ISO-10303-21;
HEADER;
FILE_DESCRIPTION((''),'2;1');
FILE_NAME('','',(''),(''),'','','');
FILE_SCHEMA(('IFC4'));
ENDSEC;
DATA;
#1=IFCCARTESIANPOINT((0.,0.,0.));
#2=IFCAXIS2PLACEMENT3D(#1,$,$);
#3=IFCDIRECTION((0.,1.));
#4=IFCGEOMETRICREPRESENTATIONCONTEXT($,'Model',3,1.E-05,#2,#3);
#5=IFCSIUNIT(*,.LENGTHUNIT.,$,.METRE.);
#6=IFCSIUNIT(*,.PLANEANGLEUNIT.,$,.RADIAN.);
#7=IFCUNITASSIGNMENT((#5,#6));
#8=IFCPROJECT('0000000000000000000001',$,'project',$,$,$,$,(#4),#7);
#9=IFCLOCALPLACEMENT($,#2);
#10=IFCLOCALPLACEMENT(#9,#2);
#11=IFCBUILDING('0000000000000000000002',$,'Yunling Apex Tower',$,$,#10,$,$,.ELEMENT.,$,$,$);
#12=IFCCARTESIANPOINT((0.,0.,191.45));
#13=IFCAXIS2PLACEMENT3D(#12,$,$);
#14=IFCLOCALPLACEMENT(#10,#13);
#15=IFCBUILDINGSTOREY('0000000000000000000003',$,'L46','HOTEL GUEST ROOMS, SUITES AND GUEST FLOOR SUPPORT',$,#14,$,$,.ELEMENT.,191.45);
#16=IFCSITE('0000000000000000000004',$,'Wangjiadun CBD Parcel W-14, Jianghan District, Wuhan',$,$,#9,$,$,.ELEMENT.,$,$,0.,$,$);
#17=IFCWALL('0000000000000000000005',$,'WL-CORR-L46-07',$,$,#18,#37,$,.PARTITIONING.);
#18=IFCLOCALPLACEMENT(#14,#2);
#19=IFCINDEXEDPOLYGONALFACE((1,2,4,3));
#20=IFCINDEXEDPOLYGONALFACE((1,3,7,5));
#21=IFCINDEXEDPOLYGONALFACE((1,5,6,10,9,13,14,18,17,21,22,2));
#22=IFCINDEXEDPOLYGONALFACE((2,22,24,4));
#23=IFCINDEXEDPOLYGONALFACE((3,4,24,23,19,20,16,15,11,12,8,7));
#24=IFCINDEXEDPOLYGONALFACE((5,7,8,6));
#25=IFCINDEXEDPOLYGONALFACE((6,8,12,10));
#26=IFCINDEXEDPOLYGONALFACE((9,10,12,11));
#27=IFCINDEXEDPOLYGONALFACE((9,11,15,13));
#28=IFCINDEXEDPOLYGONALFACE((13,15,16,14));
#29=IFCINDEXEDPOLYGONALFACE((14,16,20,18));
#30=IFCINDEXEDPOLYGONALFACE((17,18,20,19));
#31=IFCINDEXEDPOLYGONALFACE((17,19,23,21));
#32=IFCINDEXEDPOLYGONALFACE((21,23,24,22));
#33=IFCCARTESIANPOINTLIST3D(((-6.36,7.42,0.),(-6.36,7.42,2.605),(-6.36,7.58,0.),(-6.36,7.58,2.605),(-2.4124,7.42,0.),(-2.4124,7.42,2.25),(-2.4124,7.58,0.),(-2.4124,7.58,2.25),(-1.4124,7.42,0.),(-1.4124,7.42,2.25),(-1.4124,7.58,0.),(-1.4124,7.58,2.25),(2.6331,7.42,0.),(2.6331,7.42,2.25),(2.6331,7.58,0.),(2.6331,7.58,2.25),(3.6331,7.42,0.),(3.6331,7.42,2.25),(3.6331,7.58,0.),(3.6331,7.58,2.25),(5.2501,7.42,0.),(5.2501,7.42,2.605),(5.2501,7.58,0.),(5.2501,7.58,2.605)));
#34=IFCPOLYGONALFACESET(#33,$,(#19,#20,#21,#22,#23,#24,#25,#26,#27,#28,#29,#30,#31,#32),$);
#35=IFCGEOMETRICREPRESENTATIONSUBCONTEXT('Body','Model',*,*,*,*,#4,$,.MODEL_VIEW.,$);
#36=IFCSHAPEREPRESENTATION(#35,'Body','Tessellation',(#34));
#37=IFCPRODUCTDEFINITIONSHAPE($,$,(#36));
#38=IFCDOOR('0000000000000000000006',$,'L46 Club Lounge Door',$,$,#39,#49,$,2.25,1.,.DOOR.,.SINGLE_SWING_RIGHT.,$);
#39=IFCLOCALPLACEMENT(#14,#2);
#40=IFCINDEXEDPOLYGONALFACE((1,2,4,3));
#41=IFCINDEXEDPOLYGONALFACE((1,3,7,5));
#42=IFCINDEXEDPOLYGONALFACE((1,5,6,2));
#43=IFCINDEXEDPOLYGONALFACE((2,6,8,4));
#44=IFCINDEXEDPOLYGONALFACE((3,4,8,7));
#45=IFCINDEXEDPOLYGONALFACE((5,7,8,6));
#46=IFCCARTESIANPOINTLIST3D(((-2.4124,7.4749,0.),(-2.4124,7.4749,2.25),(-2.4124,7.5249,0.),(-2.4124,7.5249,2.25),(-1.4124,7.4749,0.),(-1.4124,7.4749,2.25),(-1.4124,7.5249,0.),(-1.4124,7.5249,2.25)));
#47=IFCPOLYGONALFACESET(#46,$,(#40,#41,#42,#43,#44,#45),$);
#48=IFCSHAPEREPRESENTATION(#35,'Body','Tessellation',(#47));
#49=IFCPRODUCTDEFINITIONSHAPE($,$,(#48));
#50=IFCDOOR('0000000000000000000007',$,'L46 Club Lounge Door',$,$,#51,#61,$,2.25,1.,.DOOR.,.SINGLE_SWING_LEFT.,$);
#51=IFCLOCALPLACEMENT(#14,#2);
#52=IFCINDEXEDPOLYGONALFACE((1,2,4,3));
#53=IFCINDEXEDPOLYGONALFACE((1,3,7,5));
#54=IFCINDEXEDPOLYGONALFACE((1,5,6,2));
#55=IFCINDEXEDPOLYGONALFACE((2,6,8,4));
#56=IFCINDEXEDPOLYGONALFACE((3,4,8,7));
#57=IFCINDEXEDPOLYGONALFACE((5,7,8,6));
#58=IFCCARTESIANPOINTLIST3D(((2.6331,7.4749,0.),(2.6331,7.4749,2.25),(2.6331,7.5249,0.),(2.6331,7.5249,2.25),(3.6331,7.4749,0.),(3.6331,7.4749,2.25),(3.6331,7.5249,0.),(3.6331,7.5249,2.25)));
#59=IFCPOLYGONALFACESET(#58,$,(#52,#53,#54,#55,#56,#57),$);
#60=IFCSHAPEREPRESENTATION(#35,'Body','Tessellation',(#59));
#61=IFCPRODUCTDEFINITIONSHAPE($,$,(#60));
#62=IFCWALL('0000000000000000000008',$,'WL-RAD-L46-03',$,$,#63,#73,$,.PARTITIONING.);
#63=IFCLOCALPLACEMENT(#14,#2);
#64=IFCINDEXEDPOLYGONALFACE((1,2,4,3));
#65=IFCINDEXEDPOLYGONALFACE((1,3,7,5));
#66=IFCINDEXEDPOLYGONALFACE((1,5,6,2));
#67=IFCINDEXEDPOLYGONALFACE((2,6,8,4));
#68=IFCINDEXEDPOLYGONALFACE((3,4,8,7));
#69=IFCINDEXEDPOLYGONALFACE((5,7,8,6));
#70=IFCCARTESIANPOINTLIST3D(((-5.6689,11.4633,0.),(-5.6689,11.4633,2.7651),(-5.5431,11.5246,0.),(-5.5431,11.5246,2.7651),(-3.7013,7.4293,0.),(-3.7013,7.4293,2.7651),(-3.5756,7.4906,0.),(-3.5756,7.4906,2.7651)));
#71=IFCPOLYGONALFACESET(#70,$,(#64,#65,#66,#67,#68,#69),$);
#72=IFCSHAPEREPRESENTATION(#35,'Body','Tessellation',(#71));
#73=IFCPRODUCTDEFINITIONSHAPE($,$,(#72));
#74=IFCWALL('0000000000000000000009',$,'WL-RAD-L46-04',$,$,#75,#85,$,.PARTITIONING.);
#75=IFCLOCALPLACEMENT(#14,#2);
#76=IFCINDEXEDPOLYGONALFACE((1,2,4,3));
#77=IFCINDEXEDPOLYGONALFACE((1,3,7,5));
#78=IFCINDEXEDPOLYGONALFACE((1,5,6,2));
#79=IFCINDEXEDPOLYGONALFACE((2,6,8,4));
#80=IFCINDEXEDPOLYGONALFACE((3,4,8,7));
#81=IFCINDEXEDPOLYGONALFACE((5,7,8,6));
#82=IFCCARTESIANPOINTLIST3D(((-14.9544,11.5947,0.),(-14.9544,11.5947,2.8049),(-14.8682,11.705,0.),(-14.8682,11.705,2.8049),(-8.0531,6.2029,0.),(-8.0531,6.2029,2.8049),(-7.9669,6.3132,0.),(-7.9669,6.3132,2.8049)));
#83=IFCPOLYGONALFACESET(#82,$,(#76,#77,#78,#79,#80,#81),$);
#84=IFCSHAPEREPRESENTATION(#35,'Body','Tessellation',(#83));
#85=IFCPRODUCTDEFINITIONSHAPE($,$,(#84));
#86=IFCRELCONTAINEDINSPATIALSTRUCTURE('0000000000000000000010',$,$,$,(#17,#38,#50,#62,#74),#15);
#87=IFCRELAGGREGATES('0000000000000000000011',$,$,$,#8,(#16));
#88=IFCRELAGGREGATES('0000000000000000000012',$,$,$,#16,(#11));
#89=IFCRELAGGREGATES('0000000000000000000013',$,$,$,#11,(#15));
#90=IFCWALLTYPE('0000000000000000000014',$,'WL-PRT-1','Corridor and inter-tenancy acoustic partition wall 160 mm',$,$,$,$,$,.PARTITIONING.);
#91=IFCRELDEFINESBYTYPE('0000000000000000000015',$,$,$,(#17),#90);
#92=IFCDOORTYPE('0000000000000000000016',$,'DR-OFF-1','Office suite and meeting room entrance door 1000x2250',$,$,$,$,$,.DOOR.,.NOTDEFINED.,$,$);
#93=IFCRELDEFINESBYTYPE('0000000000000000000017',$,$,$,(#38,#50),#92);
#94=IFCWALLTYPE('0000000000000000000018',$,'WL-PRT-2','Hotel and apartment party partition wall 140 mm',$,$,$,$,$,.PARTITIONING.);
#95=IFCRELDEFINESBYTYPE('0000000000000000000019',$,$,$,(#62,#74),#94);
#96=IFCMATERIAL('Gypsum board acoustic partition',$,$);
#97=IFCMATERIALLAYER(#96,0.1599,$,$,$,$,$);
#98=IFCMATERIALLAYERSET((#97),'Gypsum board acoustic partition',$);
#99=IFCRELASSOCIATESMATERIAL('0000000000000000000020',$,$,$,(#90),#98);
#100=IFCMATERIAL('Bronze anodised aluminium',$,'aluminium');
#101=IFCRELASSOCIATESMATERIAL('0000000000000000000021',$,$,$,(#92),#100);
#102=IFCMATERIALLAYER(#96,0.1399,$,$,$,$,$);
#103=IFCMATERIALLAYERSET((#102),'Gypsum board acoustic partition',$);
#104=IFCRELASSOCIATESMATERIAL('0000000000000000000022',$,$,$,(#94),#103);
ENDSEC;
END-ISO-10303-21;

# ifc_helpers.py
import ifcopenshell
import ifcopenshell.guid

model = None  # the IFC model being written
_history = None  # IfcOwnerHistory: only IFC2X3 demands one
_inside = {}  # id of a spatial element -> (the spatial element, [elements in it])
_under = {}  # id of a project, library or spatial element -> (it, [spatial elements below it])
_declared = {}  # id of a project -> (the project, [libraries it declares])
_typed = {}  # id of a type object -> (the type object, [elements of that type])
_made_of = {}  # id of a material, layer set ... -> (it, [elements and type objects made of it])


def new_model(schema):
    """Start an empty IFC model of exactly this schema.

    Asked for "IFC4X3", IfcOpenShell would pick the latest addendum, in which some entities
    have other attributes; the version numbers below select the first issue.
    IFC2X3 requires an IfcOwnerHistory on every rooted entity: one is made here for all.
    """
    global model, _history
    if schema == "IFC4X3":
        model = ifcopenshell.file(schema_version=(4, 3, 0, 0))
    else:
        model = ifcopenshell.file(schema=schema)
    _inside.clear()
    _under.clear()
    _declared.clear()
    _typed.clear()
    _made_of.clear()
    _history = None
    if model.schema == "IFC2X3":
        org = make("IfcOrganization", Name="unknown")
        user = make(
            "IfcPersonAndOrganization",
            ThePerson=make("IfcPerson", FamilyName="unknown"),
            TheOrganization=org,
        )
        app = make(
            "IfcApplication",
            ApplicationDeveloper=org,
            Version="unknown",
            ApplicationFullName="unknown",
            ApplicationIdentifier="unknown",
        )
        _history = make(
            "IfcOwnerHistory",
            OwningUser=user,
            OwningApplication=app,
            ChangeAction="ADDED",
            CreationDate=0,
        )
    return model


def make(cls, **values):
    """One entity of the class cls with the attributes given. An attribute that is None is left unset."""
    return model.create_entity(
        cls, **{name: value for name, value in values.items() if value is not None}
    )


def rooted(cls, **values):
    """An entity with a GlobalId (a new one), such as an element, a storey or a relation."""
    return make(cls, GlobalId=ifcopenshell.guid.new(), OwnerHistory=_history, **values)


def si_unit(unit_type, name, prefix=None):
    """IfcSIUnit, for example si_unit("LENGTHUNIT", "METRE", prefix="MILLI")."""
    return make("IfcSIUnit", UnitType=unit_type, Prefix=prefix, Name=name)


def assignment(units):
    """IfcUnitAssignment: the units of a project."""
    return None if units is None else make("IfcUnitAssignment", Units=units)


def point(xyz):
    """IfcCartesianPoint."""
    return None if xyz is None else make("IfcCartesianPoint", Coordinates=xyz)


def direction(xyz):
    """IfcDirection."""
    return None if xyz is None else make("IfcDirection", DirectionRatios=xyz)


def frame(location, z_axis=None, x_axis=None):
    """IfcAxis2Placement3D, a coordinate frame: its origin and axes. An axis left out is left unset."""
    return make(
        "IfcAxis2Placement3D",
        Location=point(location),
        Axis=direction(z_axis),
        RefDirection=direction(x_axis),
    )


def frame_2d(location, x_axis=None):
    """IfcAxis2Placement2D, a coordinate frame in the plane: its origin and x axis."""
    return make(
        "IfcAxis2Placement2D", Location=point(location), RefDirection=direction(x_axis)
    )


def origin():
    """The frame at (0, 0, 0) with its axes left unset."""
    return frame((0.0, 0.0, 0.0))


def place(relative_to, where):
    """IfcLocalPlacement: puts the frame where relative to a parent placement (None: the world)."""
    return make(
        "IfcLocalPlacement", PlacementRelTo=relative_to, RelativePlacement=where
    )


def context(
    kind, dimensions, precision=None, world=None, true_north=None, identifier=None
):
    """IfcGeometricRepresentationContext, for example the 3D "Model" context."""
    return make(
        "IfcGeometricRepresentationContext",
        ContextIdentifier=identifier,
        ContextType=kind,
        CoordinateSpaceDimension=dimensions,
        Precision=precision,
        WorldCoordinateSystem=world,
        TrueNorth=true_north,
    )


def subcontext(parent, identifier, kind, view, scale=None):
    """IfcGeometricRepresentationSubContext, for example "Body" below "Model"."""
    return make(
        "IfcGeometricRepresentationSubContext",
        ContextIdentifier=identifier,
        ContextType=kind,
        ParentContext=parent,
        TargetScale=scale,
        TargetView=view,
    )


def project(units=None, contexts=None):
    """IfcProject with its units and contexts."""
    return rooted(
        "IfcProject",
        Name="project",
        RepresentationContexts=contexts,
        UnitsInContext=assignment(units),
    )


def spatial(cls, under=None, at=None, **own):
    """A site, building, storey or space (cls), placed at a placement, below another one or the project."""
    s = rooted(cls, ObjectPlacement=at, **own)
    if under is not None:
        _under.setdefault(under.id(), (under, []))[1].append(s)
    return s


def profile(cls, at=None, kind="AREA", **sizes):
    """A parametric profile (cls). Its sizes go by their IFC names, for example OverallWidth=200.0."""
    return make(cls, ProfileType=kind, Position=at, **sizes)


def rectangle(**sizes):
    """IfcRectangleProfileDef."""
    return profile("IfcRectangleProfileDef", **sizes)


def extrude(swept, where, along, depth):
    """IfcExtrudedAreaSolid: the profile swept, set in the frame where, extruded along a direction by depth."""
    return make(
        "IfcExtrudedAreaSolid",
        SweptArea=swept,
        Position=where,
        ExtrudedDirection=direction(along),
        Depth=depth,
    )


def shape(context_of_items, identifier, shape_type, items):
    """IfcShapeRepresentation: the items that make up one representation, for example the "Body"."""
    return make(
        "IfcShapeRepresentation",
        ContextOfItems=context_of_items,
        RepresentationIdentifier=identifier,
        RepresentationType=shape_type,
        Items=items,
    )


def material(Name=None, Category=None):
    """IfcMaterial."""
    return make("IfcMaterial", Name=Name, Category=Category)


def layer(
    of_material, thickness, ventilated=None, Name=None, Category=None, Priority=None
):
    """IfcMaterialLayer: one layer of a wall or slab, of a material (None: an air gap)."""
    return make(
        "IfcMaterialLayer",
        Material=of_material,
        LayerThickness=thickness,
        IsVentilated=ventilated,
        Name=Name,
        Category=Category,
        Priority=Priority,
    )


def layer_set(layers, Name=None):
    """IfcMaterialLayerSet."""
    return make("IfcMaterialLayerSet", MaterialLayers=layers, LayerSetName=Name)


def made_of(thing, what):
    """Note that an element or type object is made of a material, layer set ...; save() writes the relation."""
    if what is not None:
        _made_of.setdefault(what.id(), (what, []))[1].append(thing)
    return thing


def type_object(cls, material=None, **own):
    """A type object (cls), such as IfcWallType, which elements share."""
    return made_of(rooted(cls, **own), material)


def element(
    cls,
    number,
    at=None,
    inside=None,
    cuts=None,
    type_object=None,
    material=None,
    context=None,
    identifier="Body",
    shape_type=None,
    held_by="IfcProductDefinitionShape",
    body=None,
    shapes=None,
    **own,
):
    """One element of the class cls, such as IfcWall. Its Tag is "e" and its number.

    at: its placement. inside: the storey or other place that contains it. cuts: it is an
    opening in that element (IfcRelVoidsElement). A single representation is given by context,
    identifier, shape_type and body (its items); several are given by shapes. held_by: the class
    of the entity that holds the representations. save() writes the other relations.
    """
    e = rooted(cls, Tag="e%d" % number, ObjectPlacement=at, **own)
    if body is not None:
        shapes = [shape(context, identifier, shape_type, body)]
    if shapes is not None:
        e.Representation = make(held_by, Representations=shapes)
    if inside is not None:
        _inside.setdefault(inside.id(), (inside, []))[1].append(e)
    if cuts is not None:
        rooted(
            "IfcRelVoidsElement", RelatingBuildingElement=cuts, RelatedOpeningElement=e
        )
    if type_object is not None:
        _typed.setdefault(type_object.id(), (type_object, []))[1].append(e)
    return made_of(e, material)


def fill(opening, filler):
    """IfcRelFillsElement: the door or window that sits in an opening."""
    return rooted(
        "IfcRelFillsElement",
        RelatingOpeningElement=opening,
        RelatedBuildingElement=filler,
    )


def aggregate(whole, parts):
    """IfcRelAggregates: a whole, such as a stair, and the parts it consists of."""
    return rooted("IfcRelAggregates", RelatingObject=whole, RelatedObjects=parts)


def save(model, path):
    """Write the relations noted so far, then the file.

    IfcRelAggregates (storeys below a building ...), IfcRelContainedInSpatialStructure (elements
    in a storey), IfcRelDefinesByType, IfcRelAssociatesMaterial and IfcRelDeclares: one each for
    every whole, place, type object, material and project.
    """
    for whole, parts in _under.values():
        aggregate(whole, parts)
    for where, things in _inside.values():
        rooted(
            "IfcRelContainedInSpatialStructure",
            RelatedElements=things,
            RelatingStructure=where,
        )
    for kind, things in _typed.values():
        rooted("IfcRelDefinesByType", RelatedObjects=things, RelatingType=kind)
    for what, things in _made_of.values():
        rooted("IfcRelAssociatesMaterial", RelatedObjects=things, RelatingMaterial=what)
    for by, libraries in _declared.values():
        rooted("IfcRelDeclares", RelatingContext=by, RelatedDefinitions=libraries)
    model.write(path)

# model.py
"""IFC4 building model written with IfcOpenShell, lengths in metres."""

from ifc_helpers import new_model, si_unit, direction, frame, frame_2d, origin, place, context, subcontext, project, spatial, rectangle, extrude, material, layer, layer_set, type_object, element, fill, save


model = new_model("IFC4")

# Units and contexts
model_context = context("Model", 3, precision=1e-05, world=origin(), true_north=direction((0.0, 1.0)))
body_context = subcontext(model_context, "Body", "Model", "MODEL_VIEW")
ifc_project = project(units=[si_unit("LENGTHUNIT", "METRE"), si_unit("PLANEANGLEUNIT", "RADIAN")], contexts=[model_context])

# Site, building, storey
site_placement = place(None, origin())
site = spatial("IfcSite", under=ifc_project, at=site_placement, Name="Wangjiadun CBD Parcel W-14, Jianghan District, Wuhan", CompositionType="ELEMENT", RefElevation=0.0)
building_placement = place(site_placement, origin())
building = spatial("IfcBuilding", under=site, at=building_placement, Name="Yunling Apex Tower", CompositionType="ELEMENT")
storey_placement = place(building_placement, frame((0.0, 0.0, 191.45)))
storey = spatial("IfcBuildingStorey", under=building, at=storey_placement, Name="L46", Description="HOTEL GUEST ROOMS, SUITES AND GUEST FLOOR SUPPORT", CompositionType="ELEMENT", Elevation=191.45)

# Shared definitions
ifc_material_1 = material(Name="Bronze anodised aluminium", Category="aluminium")

# Shared definitions
ifc_material_2 = material(Name="Gypsum board acoustic partition")
ifc_layer_1 = layer(ifc_material_2, 0.1599)
ifc_layer_set_1 = layer_set([ifc_layer_1], Name="Gypsum board acoustic partition")
wall_type_1 = type_object("IfcWallType", Name="WL-PRT-1", Description="Corridor and inter-tenancy acoustic partition wall 160 mm", PredefinedType="PARTITIONING", material=ifc_layer_set_1)

# Wall, openings, doors
wall_1_placement = place(storey_placement, frame((-6.3601, 7.5, 0.0), z_axis=(0.0, 0.0, 1.0), x_axis=(1.0, 0.0, 0.0)))
wall_1 = element("IfcWall", 1, at=wall_1_placement, inside=storey, type_object=wall_type_1, Name="WL-CORR-L46-07", PredefinedType="PARTITIONING", context=body_context, shape_type="SweptSolid", body=[
    extrude(rectangle(XDim=11.6101, YDim=0.1599, at=frame_2d((5.8052, 0.0))), origin(), (0.0, 0.0, 1.0), 2.605),
])
opening_1_placement = place(wall_1_placement, frame((3.9478, 0.0, 0.0)))
opening_1 = element("IfcOpeningElement", 2, at=opening_1_placement, cuts=wall_1, PredefinedType="OPENING", context=body_context, shape_type="SweptSolid", body=[
    extrude(rectangle(XDim=1.0, YDim=2.25, at=frame_2d((0.5, 1.125))), frame((0.0, 0.0898, 0.0), z_axis=(0.0, -1.0, 0.0), x_axis=(1.0, 0.0, 0.0)), (0.0, 0.0, 1.0), 0.1799),
])
opening_2_placement = place(wall_1_placement, frame((8.9932, 0.0, 0.0)))
opening_2 = element("IfcOpeningElement", 3, at=opening_2_placement, cuts=wall_1, PredefinedType="OPENING", context=body_context, shape_type="SweptSolid", body=[
    extrude(rectangle(XDim=1.0, YDim=2.25, at=frame_2d((0.5, 1.125))), frame((0.0, 0.0898, 0.0), z_axis=(0.0, -1.0, 0.0), x_axis=(1.0, 0.0, 0.0)), (0.0, 0.0, 1.0), 0.1799),
])
door_type_1 = type_object("IfcDoorType", Name="DR-OFF-1", Description="Office suite and meeting room entrance door 1000x2250", OperationType="NOTDEFINED", PredefinedType="DOOR", material=ifc_material_1)
door_1_placement = place(opening_1_placement, origin())
door_1 = element("IfcDoor", 4, at=door_1_placement, inside=storey, type_object=door_type_1, Name="L46 Club Lounge Door", OperationType="SINGLE_SWING_RIGHT", OverallHeight=2.25, OverallWidth=1.0, PredefinedType="DOOR", context=body_context, shape_type="SweptSolid", body=[
    extrude(rectangle(XDim=1.0, YDim=2.25, at=frame_2d((0.5, 1.125))), frame((0.0, 0.0249, 0.0), z_axis=(0.0, -1.0, 0.0), x_axis=(1.0, 0.0, 0.0)), (0.0, 0.0, 1.0), 0.05),
])
fill(opening_1, door_1)
door_2_placement = place(opening_2_placement, origin())
door_2 = element("IfcDoor", 5, at=door_2_placement, inside=storey, type_object=door_type_1, Name="L46 Club Lounge Door", OperationType="SINGLE_SWING_LEFT", OverallHeight=2.25, OverallWidth=1.0, PredefinedType="DOOR", context=body_context, shape_type="SweptSolid", body=[
    extrude(rectangle(XDim=1.0, YDim=2.25, at=frame_2d((0.5, 1.125))), frame((0.0, 0.0249, 0.0), z_axis=(0.0, -1.0, 0.0), x_axis=(1.0, 0.0, 0.0)), (0.0, 0.0, 1.0), 0.05),
])
fill(opening_2, door_2)

# Walls
ifc_layer_2 = layer(ifc_material_2, 0.1399)
ifc_layer_set_2 = layer_set([ifc_layer_2], Name="Gypsum board acoustic partition")
wall_type_2 = type_object("IfcWallType", Name="WL-PRT-2", Description="Hotel and apartment party partition wall 140 mm", PredefinedType="PARTITIONING", material=ifc_layer_set_2)
wall_2_placement = place(storey_placement, frame((-3.6384, 7.46, 0.0), z_axis=(0.0, 0.0, 1.0), x_axis=(-0.43838, 0.89879, 0.0)))
element("IfcWall", 6, at=wall_2_placement, inside=storey, type_object=wall_type_2, Name="WL-RAD-L46-03", PredefinedType="PARTITIONING", context=body_context, shape_type="SweptSolid", body=[
    extrude(rectangle(XDim=4.4883, YDim=0.1399, at=frame_2d((2.2441, 0.0))), origin(), (0.0, 0.0, 1.0), 2.7651),
])
wall_3_placement = place(storey_placement, frame((-8.01, 6.2581, 0.0), z_axis=(0.0, 0.0, 1.0), x_axis=(-0.788016, 0.615655, 0.0)))
element("IfcWall", 7, at=wall_3_placement, inside=storey, type_object=wall_type_2, Name="WL-RAD-L46-04", PredefinedType="PARTITIONING", context=body_context, shape_type="SweptSolid", body=[
    extrude(rectangle(XDim=8.7578, YDim=0.1399, at=frame_2d((4.3789, 0.0))), origin(), (0.0, 0.0, 1.0), 2.8049),
])

save(model, "model.ifc")
